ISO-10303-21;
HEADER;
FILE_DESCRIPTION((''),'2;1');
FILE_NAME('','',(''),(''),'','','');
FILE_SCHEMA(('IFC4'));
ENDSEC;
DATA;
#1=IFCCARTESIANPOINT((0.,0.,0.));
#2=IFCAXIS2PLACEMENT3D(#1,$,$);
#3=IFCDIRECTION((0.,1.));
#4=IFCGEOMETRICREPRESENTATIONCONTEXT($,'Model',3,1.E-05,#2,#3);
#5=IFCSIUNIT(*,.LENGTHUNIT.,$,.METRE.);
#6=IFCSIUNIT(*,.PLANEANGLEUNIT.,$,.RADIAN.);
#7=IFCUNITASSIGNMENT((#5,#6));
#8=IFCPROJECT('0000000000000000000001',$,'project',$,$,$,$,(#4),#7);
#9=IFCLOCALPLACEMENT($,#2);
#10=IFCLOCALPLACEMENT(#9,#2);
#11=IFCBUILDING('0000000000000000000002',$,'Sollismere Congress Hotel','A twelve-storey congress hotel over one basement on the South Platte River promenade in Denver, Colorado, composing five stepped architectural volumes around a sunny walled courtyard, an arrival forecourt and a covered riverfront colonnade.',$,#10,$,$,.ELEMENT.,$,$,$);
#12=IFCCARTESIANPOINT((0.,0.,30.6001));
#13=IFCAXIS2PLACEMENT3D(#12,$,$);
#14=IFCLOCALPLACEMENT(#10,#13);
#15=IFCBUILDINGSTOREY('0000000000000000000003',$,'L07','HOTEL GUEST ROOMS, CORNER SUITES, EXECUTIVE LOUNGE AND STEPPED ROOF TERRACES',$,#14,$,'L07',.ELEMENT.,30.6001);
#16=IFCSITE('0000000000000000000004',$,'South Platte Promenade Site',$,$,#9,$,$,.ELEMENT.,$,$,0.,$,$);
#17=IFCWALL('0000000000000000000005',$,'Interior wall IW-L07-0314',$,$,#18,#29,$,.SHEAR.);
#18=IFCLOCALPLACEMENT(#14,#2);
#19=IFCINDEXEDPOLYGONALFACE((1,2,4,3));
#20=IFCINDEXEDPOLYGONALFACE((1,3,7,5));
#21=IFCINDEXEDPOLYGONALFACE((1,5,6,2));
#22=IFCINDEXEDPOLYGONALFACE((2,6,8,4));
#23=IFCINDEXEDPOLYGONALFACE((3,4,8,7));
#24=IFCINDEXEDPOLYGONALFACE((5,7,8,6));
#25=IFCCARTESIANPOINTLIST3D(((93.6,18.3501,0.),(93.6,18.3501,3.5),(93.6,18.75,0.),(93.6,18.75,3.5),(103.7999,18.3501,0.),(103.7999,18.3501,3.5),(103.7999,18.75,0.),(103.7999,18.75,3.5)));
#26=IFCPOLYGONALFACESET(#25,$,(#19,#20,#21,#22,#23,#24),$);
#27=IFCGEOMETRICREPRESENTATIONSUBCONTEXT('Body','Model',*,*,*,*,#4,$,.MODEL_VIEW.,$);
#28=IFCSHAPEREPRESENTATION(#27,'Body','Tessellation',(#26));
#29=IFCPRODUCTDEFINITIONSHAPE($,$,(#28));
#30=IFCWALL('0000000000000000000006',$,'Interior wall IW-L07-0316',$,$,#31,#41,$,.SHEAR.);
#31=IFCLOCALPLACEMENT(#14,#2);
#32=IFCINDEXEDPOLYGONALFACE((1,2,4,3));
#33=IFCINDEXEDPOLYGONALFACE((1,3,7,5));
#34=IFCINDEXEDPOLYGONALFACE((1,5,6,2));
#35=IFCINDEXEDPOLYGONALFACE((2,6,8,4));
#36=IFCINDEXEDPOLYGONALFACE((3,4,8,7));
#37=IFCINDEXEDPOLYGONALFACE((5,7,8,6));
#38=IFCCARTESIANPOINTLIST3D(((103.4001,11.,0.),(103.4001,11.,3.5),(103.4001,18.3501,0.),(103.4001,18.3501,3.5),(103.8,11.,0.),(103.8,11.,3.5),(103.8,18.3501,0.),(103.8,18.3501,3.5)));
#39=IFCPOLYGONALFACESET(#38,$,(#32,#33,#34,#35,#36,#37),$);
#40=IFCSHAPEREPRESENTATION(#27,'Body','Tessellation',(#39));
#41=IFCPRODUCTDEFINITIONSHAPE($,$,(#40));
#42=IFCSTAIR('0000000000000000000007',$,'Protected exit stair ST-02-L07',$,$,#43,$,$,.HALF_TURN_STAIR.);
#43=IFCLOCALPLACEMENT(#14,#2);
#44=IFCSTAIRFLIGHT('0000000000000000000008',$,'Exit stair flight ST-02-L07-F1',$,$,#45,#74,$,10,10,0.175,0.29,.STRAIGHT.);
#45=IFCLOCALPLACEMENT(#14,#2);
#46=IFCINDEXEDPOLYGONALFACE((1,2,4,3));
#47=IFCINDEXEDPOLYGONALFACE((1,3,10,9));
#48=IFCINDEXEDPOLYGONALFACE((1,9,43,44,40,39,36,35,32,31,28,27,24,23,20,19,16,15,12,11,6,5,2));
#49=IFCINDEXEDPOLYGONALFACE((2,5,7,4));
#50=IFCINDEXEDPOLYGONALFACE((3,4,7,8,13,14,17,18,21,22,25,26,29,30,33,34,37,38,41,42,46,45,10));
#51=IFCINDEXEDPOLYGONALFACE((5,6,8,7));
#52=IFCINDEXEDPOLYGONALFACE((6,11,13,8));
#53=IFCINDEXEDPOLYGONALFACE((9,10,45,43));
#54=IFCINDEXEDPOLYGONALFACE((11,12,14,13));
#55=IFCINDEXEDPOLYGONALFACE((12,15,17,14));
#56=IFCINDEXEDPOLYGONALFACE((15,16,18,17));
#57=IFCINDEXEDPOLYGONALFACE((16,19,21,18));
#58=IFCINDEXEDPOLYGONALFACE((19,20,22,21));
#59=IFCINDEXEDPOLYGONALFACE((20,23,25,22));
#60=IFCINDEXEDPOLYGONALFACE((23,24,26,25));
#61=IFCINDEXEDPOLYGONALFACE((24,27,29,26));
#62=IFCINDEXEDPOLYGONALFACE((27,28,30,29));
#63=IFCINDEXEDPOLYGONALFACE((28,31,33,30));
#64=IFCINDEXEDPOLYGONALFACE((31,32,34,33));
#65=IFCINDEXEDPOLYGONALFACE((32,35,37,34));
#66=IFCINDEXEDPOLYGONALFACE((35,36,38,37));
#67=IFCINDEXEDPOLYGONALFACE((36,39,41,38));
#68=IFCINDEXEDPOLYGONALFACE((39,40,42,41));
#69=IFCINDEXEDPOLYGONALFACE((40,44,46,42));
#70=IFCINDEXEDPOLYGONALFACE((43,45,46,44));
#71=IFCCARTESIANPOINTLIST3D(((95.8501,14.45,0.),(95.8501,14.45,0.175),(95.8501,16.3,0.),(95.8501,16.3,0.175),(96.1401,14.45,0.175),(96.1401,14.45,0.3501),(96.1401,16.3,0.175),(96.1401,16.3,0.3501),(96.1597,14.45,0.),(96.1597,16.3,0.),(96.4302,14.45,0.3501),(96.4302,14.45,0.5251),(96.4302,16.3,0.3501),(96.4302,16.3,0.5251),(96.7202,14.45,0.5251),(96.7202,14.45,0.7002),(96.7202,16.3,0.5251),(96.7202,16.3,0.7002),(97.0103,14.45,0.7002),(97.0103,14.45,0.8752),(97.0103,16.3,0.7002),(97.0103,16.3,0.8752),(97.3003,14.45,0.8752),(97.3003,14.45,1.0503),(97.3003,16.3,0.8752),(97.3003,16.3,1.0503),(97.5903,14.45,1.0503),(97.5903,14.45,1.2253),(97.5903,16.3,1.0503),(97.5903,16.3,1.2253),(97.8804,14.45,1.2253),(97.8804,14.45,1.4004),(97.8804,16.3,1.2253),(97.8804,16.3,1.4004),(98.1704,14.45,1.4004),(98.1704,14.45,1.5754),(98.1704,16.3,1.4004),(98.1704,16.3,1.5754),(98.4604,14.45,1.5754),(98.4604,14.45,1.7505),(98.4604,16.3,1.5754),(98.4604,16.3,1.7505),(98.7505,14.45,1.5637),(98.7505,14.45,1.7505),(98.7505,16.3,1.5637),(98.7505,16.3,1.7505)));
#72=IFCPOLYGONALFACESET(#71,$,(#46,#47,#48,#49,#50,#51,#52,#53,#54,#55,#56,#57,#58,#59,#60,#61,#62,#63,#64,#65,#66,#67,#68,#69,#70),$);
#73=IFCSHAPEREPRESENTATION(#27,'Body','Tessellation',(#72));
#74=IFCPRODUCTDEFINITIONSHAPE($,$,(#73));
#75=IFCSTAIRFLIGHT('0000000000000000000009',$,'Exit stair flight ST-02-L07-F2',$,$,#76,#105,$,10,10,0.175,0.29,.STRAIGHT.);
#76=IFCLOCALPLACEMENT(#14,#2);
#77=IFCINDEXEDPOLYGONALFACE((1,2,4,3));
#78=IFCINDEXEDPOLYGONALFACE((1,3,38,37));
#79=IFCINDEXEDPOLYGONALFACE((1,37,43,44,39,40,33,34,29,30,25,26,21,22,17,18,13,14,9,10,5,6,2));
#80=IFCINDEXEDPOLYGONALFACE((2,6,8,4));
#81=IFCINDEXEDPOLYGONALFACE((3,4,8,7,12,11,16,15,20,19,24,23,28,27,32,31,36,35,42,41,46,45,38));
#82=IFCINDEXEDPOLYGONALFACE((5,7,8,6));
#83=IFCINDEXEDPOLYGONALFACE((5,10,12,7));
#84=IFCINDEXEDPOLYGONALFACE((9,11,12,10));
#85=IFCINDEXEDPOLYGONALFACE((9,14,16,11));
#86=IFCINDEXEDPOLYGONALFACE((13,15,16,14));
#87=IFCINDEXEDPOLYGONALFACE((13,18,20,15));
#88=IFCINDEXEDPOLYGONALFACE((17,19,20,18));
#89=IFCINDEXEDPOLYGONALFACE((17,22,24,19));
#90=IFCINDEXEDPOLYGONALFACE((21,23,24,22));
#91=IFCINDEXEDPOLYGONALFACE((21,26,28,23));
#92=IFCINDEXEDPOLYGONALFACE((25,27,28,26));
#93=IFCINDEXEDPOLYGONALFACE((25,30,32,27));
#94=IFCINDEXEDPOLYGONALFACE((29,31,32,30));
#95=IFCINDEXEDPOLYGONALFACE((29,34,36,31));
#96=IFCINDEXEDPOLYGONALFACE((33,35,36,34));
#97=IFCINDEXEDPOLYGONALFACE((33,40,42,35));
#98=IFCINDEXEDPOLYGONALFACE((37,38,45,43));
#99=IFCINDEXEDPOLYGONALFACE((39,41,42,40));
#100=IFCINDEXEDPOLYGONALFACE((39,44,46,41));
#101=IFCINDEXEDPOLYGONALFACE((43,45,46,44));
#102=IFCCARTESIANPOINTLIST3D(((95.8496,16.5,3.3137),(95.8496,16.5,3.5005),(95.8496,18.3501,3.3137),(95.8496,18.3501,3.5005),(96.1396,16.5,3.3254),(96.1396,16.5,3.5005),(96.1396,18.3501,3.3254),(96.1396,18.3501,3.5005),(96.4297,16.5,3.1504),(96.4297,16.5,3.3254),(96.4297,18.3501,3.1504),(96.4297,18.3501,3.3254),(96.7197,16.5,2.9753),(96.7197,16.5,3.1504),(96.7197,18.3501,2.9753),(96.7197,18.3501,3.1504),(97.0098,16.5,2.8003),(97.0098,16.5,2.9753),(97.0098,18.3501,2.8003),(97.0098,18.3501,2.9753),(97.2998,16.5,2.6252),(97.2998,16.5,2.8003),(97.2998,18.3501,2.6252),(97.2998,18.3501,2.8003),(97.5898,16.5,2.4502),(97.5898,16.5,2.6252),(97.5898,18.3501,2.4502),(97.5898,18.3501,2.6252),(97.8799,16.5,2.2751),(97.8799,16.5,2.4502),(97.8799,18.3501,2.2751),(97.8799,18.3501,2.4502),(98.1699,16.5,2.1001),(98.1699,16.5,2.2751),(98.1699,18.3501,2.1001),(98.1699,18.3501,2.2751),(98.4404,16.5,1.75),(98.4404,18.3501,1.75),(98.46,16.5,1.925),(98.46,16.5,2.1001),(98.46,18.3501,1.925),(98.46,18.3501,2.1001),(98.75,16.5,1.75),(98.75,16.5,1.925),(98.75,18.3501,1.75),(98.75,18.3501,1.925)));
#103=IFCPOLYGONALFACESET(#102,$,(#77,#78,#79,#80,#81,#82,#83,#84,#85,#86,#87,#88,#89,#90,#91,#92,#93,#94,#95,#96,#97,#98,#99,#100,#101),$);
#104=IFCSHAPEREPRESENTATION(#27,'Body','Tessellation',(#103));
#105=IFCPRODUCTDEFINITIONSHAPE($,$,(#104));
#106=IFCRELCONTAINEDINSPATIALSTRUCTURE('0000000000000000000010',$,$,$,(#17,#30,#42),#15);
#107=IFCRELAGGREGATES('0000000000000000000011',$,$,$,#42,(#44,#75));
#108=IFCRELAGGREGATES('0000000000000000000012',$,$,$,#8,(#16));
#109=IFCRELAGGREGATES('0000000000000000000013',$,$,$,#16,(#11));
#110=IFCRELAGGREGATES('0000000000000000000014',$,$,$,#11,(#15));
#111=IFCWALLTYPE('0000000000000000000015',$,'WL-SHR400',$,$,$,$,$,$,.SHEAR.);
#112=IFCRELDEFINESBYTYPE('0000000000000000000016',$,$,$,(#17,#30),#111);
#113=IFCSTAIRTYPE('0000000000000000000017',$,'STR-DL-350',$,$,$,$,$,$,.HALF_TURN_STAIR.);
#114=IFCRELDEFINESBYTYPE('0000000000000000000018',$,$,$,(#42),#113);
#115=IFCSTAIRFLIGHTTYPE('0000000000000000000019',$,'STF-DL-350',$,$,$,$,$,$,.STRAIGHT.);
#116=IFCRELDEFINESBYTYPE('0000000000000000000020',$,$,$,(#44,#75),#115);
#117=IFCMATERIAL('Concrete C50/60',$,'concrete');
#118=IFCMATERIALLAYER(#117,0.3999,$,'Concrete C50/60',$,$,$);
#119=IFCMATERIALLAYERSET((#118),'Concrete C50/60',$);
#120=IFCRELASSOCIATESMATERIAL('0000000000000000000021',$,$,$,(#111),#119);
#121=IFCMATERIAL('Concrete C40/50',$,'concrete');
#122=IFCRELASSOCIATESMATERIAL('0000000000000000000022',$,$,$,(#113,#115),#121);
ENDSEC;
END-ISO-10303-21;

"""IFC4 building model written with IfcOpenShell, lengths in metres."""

from ifc_helpers import new_model, si_unit, direction, frame, frame_2d, origin, place, context, subcontext, project, spatial, polyline, rectangle, outline, extrude, material, layer, layer_set, type_object, element, aggregate, save


model = new_model("IFC4")

# Units and contexts
model_context = context("Model", 3, precision=1e-05, world=origin(), true_north=direction((0.0, 1.0)))
body_context = subcontext(model_context, "Body", "Model", "MODEL_VIEW")
ifc_project = project(units=[si_unit("LENGTHUNIT", "METRE"), si_unit("PLANEANGLEUNIT", "RADIAN")], contexts=[model_context])

# Site, building, storey
site_placement = place(None, origin())
site = spatial("IfcSite", under=ifc_project, at=site_placement, Name="South Platte Promenade Site", CompositionType="ELEMENT", RefElevation=0.0)
building_placement = place(site_placement, origin())
building = spatial("IfcBuilding", under=site, at=building_placement, Name="Sollismere Congress Hotel", Description="A twelve-storey congress hotel over one basement on the South Platte River promenade in Denver, Colorado, composing five stepped architectural volumes around a sunny walled courtyard, an arrival forecourt and a covered riverfront colonnade.", CompositionType="ELEMENT")
storey_placement = place(building_placement, frame((0.0, 0.0, 30.6001)))
storey = spatial("IfcBuildingStorey", under=building, at=storey_placement, Name="L07", Description="HOTEL GUEST ROOMS, CORNER SUITES, EXECUTIVE LOUNGE AND STEPPED ROOF TERRACES", LongName="L07", CompositionType="ELEMENT", Elevation=30.6001)

# Walls
ifc_material_1 = material(Name="Concrete C50/60", Category="concrete")
ifc_layer_1 = layer(ifc_material_1, 0.3999, Name="Concrete C50/60")
ifc_layer_set_1 = layer_set([ifc_layer_1], Name="Concrete C50/60")
wall_type_1 = type_object("IfcWallType", Name="WL-SHR400", PredefinedType="SHEAR", material=ifc_layer_set_1)
wall_1_placement = place(storey_placement, frame((103.8, 18.55, 0.0), z_axis=(0.0, 0.0, 1.0), x_axis=(-1.0, 0.0, 0.0)))
element("IfcWall", 1, at=wall_1_placement, inside=storey, type_object=wall_type_1, Name="Interior wall IW-L07-0314", PredefinedType="SHEAR", context=body_context, shape_type="SweptSolid", body=[
    extrude(rectangle(XDim=10.2, YDim=0.3999, at=frame_2d((5.1001, 0.0))), origin(), (0.0, 0.0, 1.0), 3.5),
])
wall_2_placement = place(storey_placement, frame((103.6001, 11.0, 0.0), z_axis=(0.0, 0.0, 1.0), x_axis=(0.0, 1.0, 0.0)))
element("IfcWall", 2, at=wall_2_placement, inside=storey, type_object=wall_type_1, Name="Interior wall IW-L07-0316", PredefinedType="SHEAR", context=body_context, shape_type="SweptSolid", body=[
    extrude(rectangle(XDim=7.3501, YDim=0.3999, at=frame_2d((3.675, 0.0))), origin(), (0.0, 0.0, 1.0), 3.5),
])

# Stair, stair flights
ifc_material_2 = material(Name="Concrete C40/50", Category="concrete")
stair_type = type_object("IfcStairType", Name="STR-DL-350", PredefinedType="HALF_TURN_STAIR", material=ifc_material_2)
stair_placement = place(storey_placement, origin())
stair = element("IfcStair", 3, at=stair_placement, inside=storey, type_object=stair_type, Name="Protected exit stair ST-02-L07", PredefinedType="HALF_TURN_STAIR")
stair_flight_type = type_object("IfcStairFlightType", Name="STF-DL-350", PredefinedType="STRAIGHT", material=ifc_material_2)
stair_flight_1_placement = place(storey_placement, frame((95.8501, 15.375, 0.0), z_axis=(0.0, 0.0, 1.0), x_axis=(1.0, 0.0, 0.0)))
stair_flight_1 = element("IfcStairFlight", 4, at=stair_flight_1_placement, type_object=stair_flight_type, Name="Exit stair flight ST-02-L07-F1", NumberOfRisers=10, NumberOfTreads=10, PredefinedType="STRAIGHT", RiserHeight=0.175, TreadLength=0.29, context=body_context, shape_type="SweptSolid", body=[
    extrude(outline(polyline([(0.0, 0.0), (0.0, 0.175), (0.29, 0.175), (0.29, 0.3501), (0.5801, 0.3501), (0.5801, 0.5251), (0.8701, 0.5251), (0.8701, 0.7002), (1.1602, 0.7002), (1.1602, 0.8752), (1.4502, 0.8752), (1.4502, 1.0503), (1.7402, 1.0503), (1.7402, 1.2253), (2.0303, 1.2253), (2.0303, 1.4004), (2.3203, 1.4004), (2.3203, 1.5754), (2.6104, 1.5754), (2.6104, 1.7505), (2.9004, 1.7505), (2.9004, 1.5637), (0.3096, 0.0), (0.0, 0.0)])), frame((0.0, 0.925, 0.0), z_axis=(0.0, -1.0, 0.0), x_axis=(1.0, 0.0, 0.0)), (0.0, 0.0, 1.0), 1.8501),
])
stair_flight_2_placement = place(storey_placement, frame((98.75, 17.425, 1.75), z_axis=(0.0, 0.0, 1.0), x_axis=(-1.0, 0.0, 0.0)))
stair_flight_2 = element("IfcStairFlight", 5, at=stair_flight_2_placement, type_object=stair_flight_type, Name="Exit stair flight ST-02-L07-F2", NumberOfRisers=10, NumberOfTreads=10, PredefinedType="STRAIGHT", RiserHeight=0.175, TreadLength=0.29, context=body_context, shape_type="SweptSolid", body=[
    extrude(outline(polyline([(0.0, 0.0), (0.0, 0.175), (0.29, 0.175), (0.29, 0.3501), (0.5801, 0.3501), (0.5801, 0.5251), (0.8701, 0.5251), (0.8701, 0.7002), (1.1602, 0.7002), (1.1602, 0.8752), (1.4502, 0.8752), (1.4502, 1.0503), (1.7402, 1.0503), (1.7402, 1.2253), (2.0303, 1.2253), (2.0303, 1.4004), (2.3203, 1.4004), (2.3203, 1.5754), (2.6104, 1.5754), (2.6104, 1.7505), (2.9004, 1.7505), (2.9004, 1.5637), (0.3096, 0.0), (0.0, 0.0)])), frame((0.0, 0.925, 0.0), z_axis=(0.0, -1.0, 0.0), x_axis=(1.0, 0.0, 0.0)), (0.0, 0.0, 1.0), 1.8501),
])
aggregate(stair, [stair_flight_1, stair_flight_2])

save(model, "model.ifc")
